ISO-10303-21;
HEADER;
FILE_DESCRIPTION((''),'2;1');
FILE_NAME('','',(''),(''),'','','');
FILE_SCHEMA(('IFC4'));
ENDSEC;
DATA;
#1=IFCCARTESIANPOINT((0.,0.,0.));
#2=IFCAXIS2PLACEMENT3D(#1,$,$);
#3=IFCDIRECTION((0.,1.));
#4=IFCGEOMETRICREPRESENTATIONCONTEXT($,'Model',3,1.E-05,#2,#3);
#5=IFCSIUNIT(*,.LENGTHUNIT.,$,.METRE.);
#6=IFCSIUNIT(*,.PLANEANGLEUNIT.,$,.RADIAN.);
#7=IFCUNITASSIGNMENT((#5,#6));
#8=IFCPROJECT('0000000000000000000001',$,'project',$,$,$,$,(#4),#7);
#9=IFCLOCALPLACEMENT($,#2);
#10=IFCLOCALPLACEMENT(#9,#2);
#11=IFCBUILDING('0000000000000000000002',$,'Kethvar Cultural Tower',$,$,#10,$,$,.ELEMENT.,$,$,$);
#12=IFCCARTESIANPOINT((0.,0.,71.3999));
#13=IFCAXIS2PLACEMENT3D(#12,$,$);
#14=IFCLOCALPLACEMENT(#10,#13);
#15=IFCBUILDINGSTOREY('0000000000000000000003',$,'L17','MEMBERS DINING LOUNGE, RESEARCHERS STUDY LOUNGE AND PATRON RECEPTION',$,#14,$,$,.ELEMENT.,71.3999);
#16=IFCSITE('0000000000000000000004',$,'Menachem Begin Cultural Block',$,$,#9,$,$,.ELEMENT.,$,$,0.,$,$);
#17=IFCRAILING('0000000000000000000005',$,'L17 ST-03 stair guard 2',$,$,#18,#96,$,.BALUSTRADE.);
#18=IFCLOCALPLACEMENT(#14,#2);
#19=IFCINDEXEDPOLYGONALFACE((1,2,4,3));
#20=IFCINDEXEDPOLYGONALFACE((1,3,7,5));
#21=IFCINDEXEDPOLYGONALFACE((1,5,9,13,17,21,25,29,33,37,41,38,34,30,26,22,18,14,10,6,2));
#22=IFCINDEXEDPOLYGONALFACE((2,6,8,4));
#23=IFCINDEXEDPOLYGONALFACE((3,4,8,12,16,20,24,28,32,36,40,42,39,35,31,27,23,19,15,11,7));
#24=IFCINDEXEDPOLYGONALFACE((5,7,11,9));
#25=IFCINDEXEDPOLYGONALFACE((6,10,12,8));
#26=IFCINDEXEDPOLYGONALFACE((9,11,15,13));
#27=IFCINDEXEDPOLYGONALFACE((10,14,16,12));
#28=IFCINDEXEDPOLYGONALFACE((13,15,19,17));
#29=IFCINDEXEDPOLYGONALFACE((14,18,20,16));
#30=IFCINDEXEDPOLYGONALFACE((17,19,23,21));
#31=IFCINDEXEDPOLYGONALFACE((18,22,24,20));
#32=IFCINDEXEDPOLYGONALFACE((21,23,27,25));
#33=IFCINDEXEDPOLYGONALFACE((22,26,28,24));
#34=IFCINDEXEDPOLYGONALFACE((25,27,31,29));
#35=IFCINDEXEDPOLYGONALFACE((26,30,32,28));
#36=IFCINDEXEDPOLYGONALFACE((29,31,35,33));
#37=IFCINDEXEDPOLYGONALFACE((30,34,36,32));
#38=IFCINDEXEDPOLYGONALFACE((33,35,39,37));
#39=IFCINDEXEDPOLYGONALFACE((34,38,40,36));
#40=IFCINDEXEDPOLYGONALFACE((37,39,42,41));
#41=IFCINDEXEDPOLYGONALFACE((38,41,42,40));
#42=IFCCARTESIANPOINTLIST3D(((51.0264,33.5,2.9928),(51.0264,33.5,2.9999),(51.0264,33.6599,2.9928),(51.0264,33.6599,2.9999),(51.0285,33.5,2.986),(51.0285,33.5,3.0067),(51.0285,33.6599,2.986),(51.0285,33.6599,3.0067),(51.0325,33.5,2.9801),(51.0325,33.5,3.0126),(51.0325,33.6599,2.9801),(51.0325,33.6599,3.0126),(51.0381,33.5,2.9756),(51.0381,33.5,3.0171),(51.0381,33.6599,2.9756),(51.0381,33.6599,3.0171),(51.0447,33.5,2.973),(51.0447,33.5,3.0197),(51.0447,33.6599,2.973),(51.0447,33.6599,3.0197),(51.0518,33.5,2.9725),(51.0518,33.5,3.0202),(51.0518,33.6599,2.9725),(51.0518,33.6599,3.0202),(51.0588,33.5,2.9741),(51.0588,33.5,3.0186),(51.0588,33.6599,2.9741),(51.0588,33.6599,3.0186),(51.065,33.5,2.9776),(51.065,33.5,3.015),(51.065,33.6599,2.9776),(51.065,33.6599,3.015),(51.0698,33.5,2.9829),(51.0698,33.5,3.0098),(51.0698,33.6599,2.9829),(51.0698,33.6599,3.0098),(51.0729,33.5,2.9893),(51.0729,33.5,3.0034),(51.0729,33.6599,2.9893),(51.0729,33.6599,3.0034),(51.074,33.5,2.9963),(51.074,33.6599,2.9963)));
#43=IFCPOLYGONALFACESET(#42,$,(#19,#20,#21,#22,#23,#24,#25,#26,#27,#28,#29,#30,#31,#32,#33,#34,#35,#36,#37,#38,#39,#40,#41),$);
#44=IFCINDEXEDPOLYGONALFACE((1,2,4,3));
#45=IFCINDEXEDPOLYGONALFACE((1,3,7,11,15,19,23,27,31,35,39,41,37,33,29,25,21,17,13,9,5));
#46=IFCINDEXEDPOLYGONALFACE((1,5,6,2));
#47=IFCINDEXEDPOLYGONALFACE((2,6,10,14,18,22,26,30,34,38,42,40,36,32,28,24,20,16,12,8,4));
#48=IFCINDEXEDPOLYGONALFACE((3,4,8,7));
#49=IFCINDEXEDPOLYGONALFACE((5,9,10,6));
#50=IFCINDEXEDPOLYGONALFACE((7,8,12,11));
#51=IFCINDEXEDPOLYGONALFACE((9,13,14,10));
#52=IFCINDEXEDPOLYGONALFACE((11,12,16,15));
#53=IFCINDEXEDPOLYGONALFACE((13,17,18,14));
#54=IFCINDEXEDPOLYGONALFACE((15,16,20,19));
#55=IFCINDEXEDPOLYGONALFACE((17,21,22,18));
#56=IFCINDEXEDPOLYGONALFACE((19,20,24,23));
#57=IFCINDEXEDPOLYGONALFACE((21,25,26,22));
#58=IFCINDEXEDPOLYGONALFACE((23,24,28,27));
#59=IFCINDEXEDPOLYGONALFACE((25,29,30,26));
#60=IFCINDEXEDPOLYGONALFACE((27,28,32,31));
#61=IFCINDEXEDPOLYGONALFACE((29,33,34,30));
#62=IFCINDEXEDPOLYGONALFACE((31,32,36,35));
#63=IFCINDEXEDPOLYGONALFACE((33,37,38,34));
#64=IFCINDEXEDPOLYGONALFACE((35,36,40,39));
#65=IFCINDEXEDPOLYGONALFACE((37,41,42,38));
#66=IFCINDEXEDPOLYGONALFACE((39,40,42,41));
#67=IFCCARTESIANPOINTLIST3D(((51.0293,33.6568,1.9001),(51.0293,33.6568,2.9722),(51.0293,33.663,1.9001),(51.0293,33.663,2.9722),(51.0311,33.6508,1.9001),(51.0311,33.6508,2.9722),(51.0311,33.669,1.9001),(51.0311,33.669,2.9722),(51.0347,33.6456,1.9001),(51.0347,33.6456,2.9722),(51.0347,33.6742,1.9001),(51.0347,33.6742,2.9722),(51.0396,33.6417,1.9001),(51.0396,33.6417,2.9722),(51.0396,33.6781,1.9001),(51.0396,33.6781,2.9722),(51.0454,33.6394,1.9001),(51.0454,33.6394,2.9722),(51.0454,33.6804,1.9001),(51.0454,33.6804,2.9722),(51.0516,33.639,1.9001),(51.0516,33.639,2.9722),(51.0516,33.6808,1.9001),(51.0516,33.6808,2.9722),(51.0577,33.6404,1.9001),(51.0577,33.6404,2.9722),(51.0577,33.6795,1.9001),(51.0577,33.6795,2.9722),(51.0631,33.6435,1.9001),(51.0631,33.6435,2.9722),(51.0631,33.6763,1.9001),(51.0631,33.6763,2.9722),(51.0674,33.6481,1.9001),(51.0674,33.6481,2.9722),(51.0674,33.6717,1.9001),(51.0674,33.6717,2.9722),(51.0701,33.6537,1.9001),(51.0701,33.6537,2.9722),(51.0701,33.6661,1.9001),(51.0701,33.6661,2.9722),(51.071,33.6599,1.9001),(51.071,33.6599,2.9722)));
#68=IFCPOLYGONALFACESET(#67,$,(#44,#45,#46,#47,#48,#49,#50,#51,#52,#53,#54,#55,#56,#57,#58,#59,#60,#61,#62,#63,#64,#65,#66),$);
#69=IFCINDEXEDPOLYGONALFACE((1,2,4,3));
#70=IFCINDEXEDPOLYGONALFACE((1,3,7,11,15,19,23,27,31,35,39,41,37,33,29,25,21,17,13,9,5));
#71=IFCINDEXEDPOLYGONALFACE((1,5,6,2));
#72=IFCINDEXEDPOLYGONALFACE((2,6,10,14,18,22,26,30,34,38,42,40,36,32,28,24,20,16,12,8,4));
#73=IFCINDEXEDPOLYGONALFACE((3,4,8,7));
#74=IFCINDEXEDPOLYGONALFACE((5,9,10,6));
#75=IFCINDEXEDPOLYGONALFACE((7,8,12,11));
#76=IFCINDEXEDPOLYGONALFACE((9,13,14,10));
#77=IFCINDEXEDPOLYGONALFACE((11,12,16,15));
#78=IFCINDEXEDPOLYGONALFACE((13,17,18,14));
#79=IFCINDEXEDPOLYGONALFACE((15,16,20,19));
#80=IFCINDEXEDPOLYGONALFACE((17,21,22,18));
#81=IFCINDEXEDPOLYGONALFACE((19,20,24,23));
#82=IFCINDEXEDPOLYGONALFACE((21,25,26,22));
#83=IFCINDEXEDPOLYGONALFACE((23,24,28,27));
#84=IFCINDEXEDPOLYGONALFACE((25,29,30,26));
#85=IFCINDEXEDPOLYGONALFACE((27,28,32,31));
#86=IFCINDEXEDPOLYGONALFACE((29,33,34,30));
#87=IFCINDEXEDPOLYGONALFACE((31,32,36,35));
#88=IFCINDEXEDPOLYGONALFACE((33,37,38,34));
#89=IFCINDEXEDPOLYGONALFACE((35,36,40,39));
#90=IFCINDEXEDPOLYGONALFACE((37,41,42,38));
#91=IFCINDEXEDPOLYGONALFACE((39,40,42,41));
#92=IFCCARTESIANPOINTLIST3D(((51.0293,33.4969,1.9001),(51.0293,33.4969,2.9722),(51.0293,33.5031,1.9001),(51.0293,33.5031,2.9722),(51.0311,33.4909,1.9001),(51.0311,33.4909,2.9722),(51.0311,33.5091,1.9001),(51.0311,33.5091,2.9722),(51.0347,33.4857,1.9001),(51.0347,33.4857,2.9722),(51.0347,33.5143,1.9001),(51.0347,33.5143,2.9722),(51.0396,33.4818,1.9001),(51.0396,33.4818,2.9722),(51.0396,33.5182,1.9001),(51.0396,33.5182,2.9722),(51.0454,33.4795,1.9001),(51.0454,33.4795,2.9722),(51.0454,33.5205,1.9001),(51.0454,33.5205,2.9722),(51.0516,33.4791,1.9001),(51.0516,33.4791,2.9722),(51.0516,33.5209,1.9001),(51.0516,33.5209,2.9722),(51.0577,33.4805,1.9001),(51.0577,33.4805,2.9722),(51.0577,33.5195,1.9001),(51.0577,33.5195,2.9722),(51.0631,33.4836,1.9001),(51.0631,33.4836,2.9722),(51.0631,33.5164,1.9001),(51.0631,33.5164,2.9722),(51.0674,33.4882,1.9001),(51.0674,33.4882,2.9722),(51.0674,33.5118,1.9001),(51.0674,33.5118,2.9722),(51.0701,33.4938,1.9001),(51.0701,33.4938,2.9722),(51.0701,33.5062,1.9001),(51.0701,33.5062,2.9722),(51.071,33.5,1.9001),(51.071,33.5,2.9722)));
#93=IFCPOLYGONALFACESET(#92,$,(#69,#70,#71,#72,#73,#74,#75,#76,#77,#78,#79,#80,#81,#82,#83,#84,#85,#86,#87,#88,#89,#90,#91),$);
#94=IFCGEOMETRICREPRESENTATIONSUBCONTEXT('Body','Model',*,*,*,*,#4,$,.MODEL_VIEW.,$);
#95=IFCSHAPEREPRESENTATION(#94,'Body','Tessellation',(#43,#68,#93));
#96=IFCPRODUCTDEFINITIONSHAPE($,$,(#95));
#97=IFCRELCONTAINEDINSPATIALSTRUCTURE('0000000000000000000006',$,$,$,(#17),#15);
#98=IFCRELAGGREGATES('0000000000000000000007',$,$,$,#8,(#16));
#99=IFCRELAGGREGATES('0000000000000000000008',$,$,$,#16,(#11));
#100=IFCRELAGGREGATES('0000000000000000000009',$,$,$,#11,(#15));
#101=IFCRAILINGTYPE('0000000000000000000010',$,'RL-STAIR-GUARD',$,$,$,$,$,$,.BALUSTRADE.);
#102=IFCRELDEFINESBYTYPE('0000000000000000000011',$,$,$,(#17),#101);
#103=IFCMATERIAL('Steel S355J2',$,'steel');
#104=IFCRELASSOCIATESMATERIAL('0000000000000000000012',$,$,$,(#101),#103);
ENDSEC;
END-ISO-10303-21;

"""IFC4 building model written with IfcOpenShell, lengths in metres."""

from ifc_helpers import new_model, si_unit, direction, frame, origin, origin_2d, place, context, subcontext, project, spatial, circle, extrude, material, type_object, element, save


model = new_model("IFC4")

# Units and contexts
model_context = context("Model", 3, precision=1e-05, world=origin(), true_north=direction((0.0, 1.0)))
body_context = subcontext(model_context, "Body", "Model", "MODEL_VIEW")
ifc_project = project(units=[si_unit("LENGTHUNIT", "METRE"), si_unit("PLANEANGLEUNIT", "RADIAN")], contexts=[model_context])

# Site, building, storey
site_placement = place(None, origin())
site = spatial("IfcSite", under=ifc_project, at=site_placement, Name="Menachem Begin Cultural Block", CompositionType="ELEMENT", RefElevation=0.0)
building_placement = place(site_placement, origin())
building = spatial("IfcBuilding", under=site, at=building_placement, Name="Kethvar Cultural Tower", CompositionType="ELEMENT")
storey_placement = place(building_placement, frame((0.0, 0.0, 71.3999)))
storey = spatial("IfcBuildingStorey", under=building, at=storey_placement, Name="L17", Description="MEMBERS DINING LOUNGE, RESEARCHERS STUDY LOUNGE AND PATRON RECEPTION", CompositionType="ELEMENT", Elevation=71.3999)

# Shared definitions
ifc_material_1 = material(Name="Steel S355J2", Category="steel")

# Railing
railing_type_1 = type_object("IfcRailingType", Name="RL-STAIR-GUARD", PredefinedType="BALUSTRADE", material=ifc_material_1)
railing_1_placement = place(storey_placement, frame((51.05, 33.6599, 1.9001)))
element("IfcRailing", 1, at=railing_1_placement, inside=storey, type_object=railing_type_1, Name="L17 ST-03 stair guard 2", PredefinedType="BALUSTRADE", context=body_context, shape_type="SweptSolid", body=[
    extrude(circle(Radius=0.0239, at=origin_2d()), frame((0.0, 0.0, 1.0962), z_axis=(0.0, -1.0, 0.0), x_axis=(1.0, 0.0, 0.0)), (0.0, 0.0, 1.0), 0.1599),
    extrude(circle(Radius=0.021, at=origin_2d()), origin(), (0.0, 0.0, 1.0), 1.072),
    extrude(circle(Radius=0.021, at=origin_2d()), frame((0.0, -0.1599, 0.0)), (0.0, 0.0, 1.0), 1.072),
])

save(model, "model.ifc")
